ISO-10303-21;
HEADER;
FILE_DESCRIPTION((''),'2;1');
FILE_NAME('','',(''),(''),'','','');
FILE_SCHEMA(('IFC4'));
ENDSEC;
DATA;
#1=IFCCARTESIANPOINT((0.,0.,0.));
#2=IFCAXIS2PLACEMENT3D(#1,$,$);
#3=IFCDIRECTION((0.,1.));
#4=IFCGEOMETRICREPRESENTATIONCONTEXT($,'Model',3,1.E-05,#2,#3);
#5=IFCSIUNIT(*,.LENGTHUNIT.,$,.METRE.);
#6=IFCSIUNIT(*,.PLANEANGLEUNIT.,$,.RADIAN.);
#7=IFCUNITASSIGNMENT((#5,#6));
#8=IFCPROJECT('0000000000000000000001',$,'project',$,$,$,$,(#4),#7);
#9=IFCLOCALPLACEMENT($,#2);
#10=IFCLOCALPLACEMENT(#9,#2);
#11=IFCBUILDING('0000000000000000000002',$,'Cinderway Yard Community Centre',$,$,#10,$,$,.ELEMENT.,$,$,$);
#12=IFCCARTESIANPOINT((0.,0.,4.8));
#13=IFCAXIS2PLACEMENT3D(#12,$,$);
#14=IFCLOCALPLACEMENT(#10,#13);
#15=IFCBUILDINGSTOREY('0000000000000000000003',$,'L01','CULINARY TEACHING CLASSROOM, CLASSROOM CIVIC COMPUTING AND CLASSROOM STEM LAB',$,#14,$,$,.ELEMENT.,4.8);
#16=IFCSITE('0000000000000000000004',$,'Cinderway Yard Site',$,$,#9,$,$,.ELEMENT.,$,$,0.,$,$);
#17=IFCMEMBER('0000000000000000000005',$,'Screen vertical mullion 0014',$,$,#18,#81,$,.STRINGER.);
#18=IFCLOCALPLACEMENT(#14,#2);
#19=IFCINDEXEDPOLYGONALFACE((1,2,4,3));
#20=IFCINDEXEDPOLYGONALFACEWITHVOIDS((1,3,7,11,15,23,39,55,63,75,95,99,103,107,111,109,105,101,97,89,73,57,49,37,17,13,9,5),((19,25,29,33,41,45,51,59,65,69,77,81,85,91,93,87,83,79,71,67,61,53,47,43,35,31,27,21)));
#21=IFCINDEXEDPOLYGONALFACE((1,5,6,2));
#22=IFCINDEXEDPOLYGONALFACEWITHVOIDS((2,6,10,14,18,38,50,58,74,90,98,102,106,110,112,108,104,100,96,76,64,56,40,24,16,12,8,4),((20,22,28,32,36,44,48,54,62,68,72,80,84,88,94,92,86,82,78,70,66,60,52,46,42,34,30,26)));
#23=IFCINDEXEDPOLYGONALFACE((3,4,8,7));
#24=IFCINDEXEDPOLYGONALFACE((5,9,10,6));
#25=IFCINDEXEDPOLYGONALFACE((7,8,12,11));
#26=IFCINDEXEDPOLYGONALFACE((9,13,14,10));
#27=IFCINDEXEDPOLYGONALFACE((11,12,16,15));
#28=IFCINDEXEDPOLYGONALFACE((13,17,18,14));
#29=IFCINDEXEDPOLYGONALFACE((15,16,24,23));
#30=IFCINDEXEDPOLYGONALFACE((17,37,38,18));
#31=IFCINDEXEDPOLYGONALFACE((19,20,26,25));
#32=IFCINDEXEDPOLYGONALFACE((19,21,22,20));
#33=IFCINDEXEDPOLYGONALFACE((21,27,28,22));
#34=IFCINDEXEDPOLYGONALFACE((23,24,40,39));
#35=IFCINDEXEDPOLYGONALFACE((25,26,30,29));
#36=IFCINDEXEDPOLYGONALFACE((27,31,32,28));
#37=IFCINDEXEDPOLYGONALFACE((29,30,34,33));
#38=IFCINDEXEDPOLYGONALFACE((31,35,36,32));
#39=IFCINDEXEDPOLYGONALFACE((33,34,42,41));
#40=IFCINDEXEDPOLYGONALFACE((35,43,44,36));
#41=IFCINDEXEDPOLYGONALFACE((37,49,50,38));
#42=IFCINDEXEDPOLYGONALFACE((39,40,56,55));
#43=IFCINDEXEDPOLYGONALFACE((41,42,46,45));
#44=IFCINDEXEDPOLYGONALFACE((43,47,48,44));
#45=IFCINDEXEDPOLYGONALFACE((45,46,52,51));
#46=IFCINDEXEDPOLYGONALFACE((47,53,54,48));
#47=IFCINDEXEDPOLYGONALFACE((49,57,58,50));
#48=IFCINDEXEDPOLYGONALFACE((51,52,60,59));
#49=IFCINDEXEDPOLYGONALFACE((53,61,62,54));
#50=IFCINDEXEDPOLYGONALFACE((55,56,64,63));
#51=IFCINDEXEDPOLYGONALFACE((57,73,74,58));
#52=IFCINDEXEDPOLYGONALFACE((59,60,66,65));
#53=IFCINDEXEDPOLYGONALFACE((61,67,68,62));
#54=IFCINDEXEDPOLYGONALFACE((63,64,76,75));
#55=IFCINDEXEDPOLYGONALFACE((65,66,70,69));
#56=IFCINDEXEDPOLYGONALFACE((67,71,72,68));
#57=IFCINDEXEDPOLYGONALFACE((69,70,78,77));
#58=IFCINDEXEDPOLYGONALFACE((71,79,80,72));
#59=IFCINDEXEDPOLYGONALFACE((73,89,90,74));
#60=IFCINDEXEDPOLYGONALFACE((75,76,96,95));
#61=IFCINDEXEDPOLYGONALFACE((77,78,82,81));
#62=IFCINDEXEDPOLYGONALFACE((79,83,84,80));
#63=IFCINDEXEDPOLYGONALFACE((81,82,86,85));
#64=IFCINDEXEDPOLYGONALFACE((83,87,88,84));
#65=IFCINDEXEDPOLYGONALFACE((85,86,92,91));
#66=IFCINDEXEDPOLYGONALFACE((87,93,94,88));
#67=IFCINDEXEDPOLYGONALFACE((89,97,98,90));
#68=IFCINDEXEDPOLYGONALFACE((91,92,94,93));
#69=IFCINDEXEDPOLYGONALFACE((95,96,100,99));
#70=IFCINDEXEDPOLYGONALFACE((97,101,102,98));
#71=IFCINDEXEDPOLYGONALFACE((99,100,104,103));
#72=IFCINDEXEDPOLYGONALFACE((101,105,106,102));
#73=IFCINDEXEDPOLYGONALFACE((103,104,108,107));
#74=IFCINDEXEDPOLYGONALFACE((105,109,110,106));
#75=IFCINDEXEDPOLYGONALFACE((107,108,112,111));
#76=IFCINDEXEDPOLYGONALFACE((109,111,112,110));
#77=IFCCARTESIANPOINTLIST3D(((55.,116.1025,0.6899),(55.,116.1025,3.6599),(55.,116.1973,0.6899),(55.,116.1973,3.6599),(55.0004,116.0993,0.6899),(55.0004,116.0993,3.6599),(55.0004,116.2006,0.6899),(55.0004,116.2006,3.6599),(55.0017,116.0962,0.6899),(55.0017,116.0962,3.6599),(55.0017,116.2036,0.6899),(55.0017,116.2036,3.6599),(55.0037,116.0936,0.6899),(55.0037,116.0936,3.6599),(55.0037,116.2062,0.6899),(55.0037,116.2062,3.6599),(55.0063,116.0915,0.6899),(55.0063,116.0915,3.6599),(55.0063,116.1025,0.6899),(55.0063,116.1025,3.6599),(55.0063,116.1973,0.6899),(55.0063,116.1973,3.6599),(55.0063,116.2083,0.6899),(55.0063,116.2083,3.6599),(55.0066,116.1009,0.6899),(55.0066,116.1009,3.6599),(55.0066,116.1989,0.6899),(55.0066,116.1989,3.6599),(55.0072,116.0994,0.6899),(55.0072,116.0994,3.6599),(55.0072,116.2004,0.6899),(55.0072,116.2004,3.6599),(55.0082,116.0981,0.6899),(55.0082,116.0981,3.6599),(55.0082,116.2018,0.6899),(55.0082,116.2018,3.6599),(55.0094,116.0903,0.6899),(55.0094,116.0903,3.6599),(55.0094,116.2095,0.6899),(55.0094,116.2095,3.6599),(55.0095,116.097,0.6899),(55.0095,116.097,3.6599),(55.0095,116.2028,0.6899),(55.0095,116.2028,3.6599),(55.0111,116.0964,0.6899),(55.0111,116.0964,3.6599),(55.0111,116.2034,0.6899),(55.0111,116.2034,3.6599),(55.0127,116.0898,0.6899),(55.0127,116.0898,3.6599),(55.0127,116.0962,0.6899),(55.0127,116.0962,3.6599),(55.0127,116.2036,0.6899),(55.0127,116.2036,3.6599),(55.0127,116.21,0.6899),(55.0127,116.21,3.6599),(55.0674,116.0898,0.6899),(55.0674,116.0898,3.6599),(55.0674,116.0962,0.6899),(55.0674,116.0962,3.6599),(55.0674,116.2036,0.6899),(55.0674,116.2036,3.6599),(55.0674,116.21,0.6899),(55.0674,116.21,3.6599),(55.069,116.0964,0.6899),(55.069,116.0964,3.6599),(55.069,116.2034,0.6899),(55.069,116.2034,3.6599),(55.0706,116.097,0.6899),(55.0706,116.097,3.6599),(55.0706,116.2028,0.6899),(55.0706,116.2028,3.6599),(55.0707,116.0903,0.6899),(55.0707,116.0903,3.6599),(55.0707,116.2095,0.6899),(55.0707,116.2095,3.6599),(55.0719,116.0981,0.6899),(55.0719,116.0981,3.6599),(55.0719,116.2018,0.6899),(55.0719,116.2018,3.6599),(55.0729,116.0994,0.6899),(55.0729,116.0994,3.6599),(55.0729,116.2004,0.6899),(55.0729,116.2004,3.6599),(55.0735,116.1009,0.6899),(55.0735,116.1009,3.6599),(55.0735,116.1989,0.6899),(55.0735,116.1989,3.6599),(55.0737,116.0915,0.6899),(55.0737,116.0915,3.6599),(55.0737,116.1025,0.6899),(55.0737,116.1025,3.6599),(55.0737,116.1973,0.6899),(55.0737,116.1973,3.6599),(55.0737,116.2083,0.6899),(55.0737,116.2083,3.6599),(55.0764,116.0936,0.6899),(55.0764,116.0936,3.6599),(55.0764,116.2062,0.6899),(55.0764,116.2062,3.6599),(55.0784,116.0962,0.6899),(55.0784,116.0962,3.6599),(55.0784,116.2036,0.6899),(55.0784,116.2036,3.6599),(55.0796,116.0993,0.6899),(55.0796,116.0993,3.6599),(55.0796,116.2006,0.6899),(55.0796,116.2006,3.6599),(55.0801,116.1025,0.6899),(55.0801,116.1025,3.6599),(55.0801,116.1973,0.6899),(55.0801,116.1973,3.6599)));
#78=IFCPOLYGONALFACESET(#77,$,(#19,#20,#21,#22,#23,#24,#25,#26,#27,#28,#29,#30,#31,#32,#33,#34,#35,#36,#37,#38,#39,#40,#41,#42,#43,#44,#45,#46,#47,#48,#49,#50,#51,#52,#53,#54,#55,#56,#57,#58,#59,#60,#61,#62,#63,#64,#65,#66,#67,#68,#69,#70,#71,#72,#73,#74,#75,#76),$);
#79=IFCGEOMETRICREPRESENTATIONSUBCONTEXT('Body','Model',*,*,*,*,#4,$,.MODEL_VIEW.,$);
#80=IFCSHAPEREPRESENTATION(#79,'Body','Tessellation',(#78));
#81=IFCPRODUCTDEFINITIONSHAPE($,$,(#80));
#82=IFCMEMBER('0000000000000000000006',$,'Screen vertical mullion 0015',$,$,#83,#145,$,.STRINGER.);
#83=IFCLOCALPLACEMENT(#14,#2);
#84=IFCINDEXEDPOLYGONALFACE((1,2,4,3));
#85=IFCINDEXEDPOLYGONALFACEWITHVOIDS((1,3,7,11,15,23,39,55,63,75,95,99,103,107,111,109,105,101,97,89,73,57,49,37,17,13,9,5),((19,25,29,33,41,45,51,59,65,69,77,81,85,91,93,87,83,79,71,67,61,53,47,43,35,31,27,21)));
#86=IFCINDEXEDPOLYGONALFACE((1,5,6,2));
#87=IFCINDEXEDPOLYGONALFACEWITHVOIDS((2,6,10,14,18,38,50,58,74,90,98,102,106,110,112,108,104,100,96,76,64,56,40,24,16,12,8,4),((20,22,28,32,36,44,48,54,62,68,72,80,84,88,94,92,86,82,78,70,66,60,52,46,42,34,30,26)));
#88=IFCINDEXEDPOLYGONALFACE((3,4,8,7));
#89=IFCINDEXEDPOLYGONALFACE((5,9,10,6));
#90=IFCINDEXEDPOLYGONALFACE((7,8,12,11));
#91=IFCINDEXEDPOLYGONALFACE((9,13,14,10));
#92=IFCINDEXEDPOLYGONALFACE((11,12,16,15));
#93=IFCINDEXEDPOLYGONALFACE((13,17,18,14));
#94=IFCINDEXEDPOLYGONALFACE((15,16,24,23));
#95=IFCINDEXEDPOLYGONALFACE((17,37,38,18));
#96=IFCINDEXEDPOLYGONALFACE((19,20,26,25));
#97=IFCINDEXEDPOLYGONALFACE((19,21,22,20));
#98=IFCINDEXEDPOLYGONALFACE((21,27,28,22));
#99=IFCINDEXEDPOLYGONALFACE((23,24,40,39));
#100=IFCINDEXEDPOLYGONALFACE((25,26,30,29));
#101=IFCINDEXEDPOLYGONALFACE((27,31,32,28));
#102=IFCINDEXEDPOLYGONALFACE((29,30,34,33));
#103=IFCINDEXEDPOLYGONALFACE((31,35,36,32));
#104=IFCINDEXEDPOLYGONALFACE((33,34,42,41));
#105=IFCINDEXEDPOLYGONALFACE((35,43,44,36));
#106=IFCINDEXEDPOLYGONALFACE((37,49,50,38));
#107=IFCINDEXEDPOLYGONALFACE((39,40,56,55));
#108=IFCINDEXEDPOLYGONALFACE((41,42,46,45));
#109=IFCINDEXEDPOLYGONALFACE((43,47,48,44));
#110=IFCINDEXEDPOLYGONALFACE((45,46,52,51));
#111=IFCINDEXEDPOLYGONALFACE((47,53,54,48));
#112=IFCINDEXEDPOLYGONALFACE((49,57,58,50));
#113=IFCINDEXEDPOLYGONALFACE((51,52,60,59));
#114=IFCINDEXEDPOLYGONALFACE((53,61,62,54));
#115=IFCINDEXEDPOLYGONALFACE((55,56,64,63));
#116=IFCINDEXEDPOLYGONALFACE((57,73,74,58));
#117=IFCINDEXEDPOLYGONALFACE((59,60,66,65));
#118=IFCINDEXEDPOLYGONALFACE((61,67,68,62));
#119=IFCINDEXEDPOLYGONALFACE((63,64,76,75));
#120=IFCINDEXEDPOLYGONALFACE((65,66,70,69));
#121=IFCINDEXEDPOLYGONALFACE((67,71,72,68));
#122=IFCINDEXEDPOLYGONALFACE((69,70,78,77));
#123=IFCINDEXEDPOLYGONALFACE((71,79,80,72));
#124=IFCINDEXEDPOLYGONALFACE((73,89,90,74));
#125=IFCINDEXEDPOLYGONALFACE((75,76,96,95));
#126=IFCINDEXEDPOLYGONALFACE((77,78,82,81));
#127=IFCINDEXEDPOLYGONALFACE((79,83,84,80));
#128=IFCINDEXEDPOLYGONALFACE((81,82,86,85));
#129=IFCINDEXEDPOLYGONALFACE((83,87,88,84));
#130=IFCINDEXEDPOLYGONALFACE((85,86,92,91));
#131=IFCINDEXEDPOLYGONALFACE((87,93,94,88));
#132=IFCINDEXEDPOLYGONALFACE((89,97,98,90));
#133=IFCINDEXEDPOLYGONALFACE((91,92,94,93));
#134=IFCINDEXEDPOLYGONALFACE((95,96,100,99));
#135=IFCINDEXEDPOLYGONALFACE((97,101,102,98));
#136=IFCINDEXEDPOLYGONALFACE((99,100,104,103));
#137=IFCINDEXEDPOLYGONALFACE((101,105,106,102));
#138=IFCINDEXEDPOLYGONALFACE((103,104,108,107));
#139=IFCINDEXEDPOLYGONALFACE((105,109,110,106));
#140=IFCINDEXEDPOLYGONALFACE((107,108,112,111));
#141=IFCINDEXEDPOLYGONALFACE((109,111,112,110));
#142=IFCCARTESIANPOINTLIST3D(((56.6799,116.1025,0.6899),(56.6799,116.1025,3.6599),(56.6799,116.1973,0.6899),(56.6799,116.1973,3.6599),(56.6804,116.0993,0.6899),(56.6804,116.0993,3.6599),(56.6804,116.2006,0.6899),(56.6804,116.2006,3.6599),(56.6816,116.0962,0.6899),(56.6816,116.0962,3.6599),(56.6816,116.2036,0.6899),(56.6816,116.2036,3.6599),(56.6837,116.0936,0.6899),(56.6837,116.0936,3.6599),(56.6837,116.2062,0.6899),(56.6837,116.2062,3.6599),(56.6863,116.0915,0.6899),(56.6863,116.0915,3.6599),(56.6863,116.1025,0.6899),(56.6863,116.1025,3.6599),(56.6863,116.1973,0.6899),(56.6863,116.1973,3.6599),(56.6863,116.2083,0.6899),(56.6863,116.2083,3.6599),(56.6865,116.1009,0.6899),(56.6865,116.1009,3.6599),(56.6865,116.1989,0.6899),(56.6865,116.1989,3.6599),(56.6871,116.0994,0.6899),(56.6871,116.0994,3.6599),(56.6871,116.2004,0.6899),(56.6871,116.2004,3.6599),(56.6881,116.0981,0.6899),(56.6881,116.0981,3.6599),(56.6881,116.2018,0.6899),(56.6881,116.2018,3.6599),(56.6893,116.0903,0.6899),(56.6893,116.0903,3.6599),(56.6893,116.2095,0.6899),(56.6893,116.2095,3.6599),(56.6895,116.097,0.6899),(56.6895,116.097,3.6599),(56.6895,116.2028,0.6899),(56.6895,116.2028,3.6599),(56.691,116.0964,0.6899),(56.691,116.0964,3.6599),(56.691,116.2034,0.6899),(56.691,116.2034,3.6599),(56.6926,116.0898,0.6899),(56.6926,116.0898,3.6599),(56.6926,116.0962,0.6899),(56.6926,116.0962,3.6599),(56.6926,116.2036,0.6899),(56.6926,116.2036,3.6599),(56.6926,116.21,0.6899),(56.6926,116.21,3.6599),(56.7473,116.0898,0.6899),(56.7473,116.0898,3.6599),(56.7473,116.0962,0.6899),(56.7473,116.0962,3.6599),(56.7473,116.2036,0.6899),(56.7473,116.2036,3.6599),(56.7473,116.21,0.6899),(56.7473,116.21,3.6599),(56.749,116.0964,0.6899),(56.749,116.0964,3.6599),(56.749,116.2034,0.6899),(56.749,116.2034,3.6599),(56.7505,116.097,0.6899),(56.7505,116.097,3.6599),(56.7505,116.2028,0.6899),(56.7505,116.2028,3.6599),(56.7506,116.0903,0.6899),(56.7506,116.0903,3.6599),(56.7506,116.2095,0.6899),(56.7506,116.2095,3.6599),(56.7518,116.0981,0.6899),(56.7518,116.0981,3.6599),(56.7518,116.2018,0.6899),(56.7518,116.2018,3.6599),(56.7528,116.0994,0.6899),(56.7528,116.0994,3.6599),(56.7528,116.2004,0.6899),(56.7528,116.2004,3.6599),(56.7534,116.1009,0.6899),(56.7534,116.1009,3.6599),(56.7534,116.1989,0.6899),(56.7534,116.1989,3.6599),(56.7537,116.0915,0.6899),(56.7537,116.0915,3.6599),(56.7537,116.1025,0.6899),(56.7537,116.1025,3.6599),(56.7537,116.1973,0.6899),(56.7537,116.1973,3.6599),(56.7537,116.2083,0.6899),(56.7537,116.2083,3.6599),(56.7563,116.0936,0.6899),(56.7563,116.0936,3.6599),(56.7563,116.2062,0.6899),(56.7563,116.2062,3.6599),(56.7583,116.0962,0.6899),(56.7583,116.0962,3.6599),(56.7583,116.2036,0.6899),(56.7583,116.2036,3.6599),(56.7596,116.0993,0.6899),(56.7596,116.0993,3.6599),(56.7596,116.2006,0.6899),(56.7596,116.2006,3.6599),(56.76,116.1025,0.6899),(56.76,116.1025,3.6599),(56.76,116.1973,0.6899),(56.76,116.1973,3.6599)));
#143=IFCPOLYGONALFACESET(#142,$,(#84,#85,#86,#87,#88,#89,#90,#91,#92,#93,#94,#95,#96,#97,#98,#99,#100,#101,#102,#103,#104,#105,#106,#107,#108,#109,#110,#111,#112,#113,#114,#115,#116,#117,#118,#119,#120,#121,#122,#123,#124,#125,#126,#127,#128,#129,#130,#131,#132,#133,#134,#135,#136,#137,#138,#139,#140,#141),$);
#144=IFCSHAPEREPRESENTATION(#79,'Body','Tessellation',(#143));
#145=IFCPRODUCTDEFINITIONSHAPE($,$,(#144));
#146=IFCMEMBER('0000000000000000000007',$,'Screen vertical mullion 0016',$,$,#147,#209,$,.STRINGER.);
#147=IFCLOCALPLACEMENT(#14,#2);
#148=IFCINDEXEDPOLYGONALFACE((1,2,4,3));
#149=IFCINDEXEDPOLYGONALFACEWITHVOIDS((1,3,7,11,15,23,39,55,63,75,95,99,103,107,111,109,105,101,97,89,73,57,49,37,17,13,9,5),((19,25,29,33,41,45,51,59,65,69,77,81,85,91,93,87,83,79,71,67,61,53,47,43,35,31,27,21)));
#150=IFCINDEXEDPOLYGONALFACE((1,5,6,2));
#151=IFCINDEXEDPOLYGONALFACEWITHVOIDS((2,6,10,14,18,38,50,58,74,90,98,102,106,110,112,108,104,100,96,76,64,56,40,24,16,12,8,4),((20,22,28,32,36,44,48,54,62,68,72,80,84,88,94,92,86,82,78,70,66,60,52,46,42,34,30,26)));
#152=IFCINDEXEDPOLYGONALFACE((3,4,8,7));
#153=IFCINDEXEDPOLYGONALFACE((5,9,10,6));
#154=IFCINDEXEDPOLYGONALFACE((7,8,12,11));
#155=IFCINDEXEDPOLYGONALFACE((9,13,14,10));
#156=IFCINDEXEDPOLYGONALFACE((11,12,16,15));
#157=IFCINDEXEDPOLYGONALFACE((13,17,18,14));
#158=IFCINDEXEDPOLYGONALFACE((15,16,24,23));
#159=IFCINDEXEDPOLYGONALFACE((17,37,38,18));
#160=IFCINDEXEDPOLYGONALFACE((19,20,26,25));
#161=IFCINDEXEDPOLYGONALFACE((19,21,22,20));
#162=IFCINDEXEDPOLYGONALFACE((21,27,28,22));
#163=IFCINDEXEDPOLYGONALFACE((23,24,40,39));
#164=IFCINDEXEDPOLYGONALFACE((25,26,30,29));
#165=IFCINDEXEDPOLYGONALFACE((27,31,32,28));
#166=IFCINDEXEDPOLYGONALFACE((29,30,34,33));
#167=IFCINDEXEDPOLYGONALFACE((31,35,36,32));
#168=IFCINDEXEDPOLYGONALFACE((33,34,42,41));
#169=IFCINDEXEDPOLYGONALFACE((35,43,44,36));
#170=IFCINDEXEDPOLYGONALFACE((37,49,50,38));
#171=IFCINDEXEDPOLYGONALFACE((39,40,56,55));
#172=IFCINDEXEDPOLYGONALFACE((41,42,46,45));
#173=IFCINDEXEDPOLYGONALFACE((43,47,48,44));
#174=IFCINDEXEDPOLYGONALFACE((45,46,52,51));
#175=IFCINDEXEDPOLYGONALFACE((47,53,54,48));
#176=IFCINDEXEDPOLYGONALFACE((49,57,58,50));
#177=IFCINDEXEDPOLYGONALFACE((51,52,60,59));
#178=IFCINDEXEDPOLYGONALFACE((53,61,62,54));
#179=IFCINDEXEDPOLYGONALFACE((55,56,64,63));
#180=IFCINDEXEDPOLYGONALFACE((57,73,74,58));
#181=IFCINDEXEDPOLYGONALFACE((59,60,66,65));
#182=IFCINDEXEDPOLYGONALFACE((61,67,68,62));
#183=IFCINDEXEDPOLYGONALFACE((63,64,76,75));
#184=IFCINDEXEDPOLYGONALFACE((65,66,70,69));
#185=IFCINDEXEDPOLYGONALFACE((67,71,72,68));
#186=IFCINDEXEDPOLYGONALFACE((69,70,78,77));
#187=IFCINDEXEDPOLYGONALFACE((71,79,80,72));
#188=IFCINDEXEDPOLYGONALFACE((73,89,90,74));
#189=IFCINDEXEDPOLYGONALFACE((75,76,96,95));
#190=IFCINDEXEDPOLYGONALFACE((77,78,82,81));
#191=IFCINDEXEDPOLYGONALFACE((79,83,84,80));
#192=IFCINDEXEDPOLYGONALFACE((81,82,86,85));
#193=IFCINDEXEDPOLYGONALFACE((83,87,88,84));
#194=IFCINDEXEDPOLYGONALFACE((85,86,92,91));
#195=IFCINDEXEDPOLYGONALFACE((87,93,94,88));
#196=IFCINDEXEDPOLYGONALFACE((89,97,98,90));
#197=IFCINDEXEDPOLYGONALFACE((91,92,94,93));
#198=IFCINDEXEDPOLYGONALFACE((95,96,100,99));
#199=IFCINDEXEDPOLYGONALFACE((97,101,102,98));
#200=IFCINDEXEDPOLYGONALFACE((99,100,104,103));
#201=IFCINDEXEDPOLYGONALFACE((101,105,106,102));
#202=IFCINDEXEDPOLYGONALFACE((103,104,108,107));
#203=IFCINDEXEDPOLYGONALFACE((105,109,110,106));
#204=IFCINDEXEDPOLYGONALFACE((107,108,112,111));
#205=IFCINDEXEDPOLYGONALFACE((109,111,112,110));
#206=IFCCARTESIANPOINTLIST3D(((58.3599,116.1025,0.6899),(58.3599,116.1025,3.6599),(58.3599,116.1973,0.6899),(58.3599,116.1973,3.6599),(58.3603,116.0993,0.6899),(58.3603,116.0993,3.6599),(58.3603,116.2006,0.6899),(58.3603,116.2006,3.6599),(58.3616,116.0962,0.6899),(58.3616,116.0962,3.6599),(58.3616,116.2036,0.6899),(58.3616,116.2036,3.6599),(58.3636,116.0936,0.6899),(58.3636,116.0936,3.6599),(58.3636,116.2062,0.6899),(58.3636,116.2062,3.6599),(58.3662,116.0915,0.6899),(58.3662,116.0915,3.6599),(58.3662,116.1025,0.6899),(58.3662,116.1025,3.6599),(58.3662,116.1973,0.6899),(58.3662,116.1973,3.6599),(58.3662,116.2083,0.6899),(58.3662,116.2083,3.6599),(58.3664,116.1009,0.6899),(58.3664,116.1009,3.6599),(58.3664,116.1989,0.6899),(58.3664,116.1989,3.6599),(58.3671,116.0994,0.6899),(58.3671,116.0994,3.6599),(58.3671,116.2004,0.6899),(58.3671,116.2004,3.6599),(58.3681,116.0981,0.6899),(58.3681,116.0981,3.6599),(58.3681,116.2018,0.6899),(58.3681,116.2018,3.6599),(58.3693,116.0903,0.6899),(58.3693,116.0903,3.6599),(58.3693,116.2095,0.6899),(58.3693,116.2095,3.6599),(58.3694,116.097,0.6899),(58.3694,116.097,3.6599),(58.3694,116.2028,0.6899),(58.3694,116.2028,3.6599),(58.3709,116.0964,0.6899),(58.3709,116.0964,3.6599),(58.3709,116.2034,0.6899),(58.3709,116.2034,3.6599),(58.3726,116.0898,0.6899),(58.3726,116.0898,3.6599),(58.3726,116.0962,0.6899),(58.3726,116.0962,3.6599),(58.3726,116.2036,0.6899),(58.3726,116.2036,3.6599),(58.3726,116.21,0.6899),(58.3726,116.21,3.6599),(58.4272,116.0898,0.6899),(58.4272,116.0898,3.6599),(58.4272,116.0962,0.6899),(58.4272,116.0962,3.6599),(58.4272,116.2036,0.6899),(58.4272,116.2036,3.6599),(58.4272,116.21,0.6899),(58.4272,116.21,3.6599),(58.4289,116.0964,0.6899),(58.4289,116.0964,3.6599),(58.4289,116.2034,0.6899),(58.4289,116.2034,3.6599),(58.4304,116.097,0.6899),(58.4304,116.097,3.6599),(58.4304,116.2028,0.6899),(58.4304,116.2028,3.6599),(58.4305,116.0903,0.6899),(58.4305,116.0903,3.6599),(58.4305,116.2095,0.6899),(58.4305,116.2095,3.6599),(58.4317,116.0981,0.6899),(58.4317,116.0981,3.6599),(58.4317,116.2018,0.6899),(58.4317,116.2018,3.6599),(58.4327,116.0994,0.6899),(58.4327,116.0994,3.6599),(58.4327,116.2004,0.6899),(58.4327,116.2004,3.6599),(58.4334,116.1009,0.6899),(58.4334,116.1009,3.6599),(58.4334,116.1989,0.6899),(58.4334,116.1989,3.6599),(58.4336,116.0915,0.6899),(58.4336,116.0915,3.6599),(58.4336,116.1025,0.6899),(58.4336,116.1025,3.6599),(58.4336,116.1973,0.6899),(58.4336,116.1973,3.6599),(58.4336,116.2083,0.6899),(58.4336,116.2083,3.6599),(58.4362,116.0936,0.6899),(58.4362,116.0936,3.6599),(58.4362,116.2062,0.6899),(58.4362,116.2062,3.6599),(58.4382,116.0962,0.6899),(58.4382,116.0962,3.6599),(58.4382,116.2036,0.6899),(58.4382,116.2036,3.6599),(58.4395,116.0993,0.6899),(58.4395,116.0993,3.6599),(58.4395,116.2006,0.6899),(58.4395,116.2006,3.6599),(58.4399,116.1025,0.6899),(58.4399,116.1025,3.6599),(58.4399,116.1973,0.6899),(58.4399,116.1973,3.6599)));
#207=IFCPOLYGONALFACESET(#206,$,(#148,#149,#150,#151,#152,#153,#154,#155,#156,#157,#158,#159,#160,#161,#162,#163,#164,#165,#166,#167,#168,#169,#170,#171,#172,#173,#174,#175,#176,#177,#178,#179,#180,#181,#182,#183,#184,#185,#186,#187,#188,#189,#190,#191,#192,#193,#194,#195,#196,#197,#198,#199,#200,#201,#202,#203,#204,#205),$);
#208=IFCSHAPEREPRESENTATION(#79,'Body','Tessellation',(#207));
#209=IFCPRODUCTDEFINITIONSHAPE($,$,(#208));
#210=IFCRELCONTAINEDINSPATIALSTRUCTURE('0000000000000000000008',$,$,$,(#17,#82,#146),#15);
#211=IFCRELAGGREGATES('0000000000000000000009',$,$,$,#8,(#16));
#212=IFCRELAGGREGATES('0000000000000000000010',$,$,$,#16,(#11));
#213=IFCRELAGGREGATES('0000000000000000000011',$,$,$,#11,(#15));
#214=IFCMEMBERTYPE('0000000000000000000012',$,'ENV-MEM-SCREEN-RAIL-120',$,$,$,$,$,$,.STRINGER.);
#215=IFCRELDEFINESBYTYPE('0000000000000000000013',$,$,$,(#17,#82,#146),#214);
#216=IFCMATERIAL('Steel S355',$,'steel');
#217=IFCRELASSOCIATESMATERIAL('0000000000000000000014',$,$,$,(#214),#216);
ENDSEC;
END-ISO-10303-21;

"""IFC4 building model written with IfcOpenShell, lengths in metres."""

from ifc_helpers import new_model, si_unit, direction, frame, origin, origin_2d, place, context, subcontext, project, spatial, hollow_rectangle, extrude, material, material_profile, profile_set, type_object, element, save


model = new_model("IFC4")

# Units and contexts
model_context = context("Model", 3, precision=1e-05, world=origin(), true_north=direction((0.0, 1.0)))
body_context = subcontext(model_context, "Body", "Model", "MODEL_VIEW")
ifc_project = project(units=[si_unit("LENGTHUNIT", "METRE"), si_unit("PLANEANGLEUNIT", "RADIAN")], contexts=[model_context])

# Site, building, storey
site_placement = place(None, origin())
site = spatial("IfcSite", under=ifc_project, at=site_placement, Name="Cinderway Yard Site", CompositionType="ELEMENT", RefElevation=0.0)
building_placement = place(site_placement, origin())
building = spatial("IfcBuilding", under=site, at=building_placement, Name="Cinderway Yard Community Centre", CompositionType="ELEMENT")
storey_placement = place(building_placement, frame((0.0, 0.0, 4.8)))
storey = spatial("IfcBuildingStorey", under=building, at=storey_placement, Name="L01", Description="CULINARY TEACHING CLASSROOM, CLASSROOM CIVIC COMPUTING AND CLASSROOM STEM LAB", CompositionType="ELEMENT", Elevation=4.8)

# Members
ifc_material_1 = material(Name="Steel S355", Category="steel")
ifc_material_profile_1 = material_profile(ifc_material_1, hollow_rectangle(XDim=0.0801, YDim=0.1201, WallThickness=0.0063, InnerFilletRadius=0.0063, OuterFilletRadius=0.0127, at=origin_2d()), Name="Steel S355")
ifc_profile_set_1 = profile_set([ifc_material_profile_1], Name="Steel S355")
member_type_1 = type_object("IfcMemberType", Name="ENV-MEM-SCREEN-RAIL-120", PredefinedType="STRINGER", material=ifc_profile_set_1)
for number, where, z_axis, x_axis, name in (
    (1, (55.04, 116.1499, 0.6899), (0.0, 0.0, 1.0), (1.0, 0.0, 0.0), "Screen vertical mullion 0014"),
    (2, (56.72, 116.1499, 0.6899), (0.0, 0.0, 1.0), (1.0, 0.0, 0.0), "Screen vertical mullion 0015"),
    (3, (58.3999, 116.1499, 0.6899), (0.0, 0.0, 1.0), (1.0, 0.0, 0.0), "Screen vertical mullion 0016"),
):
    element("IfcMember", number, at=place(storey_placement, frame(where, z_axis=z_axis, x_axis=x_axis)), inside=storey, type_object=member_type_1, Name=name, PredefinedType="STRINGER", context=body_context, shape_type="SweptSolid", body=[
        extrude(hollow_rectangle(XDim=0.0801, YDim=0.1201, WallThickness=0.0063, InnerFilletRadius=0.0063, OuterFilletRadius=0.0127, at=origin_2d()), origin(), (0.0, 0.0, 1.0), 2.97),
    ])

save(model, "model.ifc")
